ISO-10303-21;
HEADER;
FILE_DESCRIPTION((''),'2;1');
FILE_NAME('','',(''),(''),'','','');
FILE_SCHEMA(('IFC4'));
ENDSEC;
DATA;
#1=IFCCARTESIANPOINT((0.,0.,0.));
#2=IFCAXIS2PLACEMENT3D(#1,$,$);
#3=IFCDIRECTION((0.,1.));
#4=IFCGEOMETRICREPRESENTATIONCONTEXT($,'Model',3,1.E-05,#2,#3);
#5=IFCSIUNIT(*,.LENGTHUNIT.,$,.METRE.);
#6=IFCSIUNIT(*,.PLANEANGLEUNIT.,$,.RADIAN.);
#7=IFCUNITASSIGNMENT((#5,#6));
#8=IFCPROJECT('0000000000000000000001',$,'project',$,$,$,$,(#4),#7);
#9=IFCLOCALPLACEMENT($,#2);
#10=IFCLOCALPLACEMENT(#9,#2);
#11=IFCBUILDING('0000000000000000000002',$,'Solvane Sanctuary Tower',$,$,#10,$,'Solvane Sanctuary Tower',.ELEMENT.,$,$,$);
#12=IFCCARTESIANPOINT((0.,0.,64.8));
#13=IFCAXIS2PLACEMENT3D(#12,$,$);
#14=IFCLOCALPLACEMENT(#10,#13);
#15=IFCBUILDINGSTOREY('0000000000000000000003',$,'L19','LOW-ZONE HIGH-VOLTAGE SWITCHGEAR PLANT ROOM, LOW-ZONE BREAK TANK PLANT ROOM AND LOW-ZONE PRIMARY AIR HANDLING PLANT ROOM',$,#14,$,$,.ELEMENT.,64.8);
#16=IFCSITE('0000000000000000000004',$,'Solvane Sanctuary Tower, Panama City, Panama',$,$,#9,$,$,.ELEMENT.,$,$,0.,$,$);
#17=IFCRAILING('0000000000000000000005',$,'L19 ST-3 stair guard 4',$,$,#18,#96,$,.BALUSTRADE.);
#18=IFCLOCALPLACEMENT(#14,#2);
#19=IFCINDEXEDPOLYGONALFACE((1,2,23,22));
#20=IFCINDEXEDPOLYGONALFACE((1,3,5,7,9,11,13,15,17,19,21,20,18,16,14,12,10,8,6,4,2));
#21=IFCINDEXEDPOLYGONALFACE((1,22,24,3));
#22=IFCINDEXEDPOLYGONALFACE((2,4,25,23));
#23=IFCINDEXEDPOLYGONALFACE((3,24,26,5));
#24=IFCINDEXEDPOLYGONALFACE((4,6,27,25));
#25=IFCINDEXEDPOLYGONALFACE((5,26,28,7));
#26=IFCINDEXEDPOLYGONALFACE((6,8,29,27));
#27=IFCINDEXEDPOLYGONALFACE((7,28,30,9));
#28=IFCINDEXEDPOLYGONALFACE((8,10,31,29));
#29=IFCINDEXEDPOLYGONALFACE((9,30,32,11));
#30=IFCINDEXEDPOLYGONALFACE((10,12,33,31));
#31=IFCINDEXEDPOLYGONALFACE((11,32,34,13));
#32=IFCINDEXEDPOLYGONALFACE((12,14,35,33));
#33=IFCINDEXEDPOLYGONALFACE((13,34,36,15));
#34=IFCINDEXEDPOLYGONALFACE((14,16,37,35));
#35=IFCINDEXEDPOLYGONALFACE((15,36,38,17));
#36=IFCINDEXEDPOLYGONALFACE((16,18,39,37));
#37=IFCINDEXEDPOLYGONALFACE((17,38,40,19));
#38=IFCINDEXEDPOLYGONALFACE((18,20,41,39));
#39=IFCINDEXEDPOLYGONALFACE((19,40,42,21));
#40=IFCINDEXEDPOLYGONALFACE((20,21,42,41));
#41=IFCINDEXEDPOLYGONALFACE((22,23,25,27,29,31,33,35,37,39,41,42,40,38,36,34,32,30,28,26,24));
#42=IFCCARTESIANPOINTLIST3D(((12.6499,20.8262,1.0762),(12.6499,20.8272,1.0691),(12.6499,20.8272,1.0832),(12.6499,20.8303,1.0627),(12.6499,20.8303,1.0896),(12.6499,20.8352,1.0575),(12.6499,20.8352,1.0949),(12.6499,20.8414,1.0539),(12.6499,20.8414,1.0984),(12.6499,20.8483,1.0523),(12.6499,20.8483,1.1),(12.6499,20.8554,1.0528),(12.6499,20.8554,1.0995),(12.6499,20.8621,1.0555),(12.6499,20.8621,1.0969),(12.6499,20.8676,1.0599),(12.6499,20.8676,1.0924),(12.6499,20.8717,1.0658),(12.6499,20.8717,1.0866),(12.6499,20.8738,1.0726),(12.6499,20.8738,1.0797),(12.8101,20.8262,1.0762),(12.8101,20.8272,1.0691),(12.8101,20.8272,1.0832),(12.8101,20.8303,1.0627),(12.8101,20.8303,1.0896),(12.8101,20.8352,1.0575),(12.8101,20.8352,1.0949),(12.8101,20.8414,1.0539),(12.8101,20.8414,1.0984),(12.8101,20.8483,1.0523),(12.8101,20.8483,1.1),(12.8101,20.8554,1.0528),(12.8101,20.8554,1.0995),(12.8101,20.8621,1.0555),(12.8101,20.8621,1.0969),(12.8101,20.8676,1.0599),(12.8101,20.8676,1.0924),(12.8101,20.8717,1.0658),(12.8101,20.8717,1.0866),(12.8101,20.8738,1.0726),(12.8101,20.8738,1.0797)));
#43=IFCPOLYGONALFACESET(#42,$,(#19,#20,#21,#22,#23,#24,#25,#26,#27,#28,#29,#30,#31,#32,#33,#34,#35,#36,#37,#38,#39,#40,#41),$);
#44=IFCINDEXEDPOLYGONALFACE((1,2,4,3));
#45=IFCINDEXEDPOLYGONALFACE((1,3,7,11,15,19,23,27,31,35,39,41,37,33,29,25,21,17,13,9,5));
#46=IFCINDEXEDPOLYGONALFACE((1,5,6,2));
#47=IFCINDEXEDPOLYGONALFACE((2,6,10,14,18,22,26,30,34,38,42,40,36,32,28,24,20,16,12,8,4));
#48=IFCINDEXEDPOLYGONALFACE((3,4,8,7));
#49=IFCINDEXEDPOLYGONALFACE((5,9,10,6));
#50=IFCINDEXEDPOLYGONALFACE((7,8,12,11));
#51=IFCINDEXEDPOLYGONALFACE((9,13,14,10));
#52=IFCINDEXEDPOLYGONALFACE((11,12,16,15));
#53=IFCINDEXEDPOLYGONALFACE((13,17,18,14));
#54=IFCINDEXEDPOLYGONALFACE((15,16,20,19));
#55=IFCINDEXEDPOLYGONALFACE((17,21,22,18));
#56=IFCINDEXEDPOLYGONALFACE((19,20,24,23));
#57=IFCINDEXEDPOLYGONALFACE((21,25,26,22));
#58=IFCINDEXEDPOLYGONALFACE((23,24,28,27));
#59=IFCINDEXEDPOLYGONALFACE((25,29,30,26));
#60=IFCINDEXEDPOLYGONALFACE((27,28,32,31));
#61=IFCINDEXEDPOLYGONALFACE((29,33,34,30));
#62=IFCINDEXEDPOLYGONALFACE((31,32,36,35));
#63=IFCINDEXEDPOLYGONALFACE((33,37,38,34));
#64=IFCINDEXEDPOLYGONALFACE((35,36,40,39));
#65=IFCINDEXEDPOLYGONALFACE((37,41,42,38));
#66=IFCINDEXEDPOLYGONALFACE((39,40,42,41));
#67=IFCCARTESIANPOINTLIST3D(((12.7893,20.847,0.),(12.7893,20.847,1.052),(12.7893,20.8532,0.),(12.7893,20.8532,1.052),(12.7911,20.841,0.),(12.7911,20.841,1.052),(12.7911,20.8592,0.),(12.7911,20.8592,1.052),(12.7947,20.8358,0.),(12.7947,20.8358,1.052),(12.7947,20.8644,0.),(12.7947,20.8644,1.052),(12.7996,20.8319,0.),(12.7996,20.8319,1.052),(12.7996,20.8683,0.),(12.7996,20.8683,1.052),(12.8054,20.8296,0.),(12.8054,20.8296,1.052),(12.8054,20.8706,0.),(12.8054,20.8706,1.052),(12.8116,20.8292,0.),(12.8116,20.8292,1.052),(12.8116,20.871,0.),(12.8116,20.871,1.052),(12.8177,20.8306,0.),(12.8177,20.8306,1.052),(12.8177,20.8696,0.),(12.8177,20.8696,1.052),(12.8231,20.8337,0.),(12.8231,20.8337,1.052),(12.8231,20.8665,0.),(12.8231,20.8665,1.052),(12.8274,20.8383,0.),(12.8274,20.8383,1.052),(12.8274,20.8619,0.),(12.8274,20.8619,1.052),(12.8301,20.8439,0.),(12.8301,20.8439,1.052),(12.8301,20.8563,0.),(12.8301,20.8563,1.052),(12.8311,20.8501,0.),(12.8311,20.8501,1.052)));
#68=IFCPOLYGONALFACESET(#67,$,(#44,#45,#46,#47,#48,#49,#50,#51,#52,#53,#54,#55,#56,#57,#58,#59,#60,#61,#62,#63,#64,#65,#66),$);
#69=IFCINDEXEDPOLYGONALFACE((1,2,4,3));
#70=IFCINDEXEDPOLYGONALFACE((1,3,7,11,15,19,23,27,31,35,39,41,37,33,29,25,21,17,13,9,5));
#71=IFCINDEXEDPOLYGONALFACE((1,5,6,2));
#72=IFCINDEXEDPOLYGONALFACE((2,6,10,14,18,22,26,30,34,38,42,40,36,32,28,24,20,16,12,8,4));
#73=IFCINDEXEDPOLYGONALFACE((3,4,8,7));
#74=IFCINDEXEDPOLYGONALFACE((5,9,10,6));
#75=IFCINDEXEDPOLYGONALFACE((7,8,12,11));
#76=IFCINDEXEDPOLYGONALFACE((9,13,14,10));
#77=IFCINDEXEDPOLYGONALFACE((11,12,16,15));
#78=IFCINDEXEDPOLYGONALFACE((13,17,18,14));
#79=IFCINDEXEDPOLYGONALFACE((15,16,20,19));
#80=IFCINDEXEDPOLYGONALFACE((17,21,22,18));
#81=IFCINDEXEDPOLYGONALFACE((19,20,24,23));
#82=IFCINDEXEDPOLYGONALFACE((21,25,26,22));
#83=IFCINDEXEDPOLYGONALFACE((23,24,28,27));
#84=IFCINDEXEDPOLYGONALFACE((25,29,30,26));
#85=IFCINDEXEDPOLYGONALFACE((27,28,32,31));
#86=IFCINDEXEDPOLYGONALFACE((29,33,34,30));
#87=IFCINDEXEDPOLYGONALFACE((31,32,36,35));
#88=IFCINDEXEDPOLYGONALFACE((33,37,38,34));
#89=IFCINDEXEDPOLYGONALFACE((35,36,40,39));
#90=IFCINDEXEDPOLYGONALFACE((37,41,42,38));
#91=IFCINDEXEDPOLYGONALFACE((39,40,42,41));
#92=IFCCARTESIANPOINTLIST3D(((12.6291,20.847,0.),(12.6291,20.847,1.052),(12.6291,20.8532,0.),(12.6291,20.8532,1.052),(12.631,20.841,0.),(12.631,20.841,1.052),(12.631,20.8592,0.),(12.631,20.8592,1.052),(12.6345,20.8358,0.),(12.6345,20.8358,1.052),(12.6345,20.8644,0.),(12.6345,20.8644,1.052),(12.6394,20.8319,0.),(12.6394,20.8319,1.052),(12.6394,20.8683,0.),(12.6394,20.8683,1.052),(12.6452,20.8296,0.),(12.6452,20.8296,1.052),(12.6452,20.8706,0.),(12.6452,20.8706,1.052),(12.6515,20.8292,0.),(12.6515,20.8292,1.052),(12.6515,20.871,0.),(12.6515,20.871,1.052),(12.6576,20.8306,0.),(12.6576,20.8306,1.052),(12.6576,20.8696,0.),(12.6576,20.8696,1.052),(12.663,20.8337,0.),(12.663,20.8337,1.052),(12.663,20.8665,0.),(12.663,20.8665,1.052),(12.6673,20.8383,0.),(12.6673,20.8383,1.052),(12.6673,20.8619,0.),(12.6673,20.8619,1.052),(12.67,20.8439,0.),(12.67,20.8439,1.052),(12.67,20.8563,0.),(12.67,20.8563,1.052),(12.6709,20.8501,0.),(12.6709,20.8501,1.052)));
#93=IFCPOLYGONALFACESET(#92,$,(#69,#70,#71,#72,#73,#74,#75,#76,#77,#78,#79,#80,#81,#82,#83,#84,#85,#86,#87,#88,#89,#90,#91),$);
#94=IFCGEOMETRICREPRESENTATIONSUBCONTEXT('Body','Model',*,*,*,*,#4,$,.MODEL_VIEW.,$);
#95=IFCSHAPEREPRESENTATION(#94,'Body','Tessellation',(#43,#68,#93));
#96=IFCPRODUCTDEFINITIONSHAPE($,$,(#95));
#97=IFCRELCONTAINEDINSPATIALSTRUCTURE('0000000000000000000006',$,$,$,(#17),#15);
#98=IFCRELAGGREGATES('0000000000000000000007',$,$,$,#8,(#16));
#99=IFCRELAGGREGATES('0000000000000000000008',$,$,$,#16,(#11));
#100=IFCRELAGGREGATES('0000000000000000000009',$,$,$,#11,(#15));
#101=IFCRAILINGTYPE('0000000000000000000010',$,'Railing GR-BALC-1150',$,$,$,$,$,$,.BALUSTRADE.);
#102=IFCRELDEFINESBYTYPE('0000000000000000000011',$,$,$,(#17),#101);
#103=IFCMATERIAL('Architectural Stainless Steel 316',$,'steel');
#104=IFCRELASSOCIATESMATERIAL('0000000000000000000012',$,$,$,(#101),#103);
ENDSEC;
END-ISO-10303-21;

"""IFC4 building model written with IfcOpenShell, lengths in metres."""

from ifc_helpers import new_model, si_unit, direction, frame, origin, origin_2d, place, context, subcontext, project, spatial, circle, extrude, material, type_object, element, save


model = new_model("IFC4")

# Units and contexts
model_context = context("Model", 3, precision=1e-05, world=origin(), true_north=direction((0.0, 1.0)))
body_context = subcontext(model_context, "Body", "Model", "MODEL_VIEW")
ifc_project = project(units=[si_unit("LENGTHUNIT", "METRE"), si_unit("PLANEANGLEUNIT", "RADIAN")], contexts=[model_context])

# Site, building, storey
site_placement = place(None, origin())
site = spatial("IfcSite", under=ifc_project, at=site_placement, Name="Solvane Sanctuary Tower, Panama City, Panama", CompositionType="ELEMENT", RefElevation=0.0)
building_placement = place(site_placement, origin())
building = spatial("IfcBuilding", under=site, at=building_placement, Name="Solvane Sanctuary Tower", LongName="Solvane Sanctuary Tower", CompositionType="ELEMENT")
storey_placement = place(building_placement, frame((0.0, 0.0, 64.8)))
storey = spatial("IfcBuildingStorey", under=building, at=storey_placement, Name="L19", Description="LOW-ZONE HIGH-VOLTAGE SWITCHGEAR PLANT ROOM, LOW-ZONE BREAK TANK PLANT ROOM AND LOW-ZONE PRIMARY AIR HANDLING PLANT ROOM", CompositionType="ELEMENT", Elevation=64.8)

# Shared definitions
ifc_material_1 = material(Name="Architectural Stainless Steel 316", Category="steel")

# Railing
railing_type_1 = type_object("IfcRailingType", Name="Railing GR-BALC-1150", PredefinedType="BALUSTRADE", material=ifc_material_1)
railing_1_placement = place(storey_placement, frame((12.8101, 20.8501, 0.0)))
element("IfcRailing", 1, at=railing_1_placement, inside=storey, type_object=railing_type_1, Name="L19 ST-3 stair guard 4", PredefinedType="BALUSTRADE", context=body_context, shape_type="SweptSolid", body=[
    extrude(circle(Radius=0.0239, at=origin_2d()), frame((0.0, 0.0, 1.0762), z_axis=(-1.0, 0.0, 0.0), x_axis=(0.0, -1.0, 0.0)), (0.0, 0.0, 1.0), 0.1602),
    extrude(circle(Radius=0.021, at=origin_2d()), origin(), (0.0, 0.0, 1.0), 1.052),
    extrude(circle(Radius=0.021, at=origin_2d()), frame((-0.1602, 0.0, 0.0)), (0.0, 0.0, 1.0), 1.052),
])

save(model, "model.ifc")
